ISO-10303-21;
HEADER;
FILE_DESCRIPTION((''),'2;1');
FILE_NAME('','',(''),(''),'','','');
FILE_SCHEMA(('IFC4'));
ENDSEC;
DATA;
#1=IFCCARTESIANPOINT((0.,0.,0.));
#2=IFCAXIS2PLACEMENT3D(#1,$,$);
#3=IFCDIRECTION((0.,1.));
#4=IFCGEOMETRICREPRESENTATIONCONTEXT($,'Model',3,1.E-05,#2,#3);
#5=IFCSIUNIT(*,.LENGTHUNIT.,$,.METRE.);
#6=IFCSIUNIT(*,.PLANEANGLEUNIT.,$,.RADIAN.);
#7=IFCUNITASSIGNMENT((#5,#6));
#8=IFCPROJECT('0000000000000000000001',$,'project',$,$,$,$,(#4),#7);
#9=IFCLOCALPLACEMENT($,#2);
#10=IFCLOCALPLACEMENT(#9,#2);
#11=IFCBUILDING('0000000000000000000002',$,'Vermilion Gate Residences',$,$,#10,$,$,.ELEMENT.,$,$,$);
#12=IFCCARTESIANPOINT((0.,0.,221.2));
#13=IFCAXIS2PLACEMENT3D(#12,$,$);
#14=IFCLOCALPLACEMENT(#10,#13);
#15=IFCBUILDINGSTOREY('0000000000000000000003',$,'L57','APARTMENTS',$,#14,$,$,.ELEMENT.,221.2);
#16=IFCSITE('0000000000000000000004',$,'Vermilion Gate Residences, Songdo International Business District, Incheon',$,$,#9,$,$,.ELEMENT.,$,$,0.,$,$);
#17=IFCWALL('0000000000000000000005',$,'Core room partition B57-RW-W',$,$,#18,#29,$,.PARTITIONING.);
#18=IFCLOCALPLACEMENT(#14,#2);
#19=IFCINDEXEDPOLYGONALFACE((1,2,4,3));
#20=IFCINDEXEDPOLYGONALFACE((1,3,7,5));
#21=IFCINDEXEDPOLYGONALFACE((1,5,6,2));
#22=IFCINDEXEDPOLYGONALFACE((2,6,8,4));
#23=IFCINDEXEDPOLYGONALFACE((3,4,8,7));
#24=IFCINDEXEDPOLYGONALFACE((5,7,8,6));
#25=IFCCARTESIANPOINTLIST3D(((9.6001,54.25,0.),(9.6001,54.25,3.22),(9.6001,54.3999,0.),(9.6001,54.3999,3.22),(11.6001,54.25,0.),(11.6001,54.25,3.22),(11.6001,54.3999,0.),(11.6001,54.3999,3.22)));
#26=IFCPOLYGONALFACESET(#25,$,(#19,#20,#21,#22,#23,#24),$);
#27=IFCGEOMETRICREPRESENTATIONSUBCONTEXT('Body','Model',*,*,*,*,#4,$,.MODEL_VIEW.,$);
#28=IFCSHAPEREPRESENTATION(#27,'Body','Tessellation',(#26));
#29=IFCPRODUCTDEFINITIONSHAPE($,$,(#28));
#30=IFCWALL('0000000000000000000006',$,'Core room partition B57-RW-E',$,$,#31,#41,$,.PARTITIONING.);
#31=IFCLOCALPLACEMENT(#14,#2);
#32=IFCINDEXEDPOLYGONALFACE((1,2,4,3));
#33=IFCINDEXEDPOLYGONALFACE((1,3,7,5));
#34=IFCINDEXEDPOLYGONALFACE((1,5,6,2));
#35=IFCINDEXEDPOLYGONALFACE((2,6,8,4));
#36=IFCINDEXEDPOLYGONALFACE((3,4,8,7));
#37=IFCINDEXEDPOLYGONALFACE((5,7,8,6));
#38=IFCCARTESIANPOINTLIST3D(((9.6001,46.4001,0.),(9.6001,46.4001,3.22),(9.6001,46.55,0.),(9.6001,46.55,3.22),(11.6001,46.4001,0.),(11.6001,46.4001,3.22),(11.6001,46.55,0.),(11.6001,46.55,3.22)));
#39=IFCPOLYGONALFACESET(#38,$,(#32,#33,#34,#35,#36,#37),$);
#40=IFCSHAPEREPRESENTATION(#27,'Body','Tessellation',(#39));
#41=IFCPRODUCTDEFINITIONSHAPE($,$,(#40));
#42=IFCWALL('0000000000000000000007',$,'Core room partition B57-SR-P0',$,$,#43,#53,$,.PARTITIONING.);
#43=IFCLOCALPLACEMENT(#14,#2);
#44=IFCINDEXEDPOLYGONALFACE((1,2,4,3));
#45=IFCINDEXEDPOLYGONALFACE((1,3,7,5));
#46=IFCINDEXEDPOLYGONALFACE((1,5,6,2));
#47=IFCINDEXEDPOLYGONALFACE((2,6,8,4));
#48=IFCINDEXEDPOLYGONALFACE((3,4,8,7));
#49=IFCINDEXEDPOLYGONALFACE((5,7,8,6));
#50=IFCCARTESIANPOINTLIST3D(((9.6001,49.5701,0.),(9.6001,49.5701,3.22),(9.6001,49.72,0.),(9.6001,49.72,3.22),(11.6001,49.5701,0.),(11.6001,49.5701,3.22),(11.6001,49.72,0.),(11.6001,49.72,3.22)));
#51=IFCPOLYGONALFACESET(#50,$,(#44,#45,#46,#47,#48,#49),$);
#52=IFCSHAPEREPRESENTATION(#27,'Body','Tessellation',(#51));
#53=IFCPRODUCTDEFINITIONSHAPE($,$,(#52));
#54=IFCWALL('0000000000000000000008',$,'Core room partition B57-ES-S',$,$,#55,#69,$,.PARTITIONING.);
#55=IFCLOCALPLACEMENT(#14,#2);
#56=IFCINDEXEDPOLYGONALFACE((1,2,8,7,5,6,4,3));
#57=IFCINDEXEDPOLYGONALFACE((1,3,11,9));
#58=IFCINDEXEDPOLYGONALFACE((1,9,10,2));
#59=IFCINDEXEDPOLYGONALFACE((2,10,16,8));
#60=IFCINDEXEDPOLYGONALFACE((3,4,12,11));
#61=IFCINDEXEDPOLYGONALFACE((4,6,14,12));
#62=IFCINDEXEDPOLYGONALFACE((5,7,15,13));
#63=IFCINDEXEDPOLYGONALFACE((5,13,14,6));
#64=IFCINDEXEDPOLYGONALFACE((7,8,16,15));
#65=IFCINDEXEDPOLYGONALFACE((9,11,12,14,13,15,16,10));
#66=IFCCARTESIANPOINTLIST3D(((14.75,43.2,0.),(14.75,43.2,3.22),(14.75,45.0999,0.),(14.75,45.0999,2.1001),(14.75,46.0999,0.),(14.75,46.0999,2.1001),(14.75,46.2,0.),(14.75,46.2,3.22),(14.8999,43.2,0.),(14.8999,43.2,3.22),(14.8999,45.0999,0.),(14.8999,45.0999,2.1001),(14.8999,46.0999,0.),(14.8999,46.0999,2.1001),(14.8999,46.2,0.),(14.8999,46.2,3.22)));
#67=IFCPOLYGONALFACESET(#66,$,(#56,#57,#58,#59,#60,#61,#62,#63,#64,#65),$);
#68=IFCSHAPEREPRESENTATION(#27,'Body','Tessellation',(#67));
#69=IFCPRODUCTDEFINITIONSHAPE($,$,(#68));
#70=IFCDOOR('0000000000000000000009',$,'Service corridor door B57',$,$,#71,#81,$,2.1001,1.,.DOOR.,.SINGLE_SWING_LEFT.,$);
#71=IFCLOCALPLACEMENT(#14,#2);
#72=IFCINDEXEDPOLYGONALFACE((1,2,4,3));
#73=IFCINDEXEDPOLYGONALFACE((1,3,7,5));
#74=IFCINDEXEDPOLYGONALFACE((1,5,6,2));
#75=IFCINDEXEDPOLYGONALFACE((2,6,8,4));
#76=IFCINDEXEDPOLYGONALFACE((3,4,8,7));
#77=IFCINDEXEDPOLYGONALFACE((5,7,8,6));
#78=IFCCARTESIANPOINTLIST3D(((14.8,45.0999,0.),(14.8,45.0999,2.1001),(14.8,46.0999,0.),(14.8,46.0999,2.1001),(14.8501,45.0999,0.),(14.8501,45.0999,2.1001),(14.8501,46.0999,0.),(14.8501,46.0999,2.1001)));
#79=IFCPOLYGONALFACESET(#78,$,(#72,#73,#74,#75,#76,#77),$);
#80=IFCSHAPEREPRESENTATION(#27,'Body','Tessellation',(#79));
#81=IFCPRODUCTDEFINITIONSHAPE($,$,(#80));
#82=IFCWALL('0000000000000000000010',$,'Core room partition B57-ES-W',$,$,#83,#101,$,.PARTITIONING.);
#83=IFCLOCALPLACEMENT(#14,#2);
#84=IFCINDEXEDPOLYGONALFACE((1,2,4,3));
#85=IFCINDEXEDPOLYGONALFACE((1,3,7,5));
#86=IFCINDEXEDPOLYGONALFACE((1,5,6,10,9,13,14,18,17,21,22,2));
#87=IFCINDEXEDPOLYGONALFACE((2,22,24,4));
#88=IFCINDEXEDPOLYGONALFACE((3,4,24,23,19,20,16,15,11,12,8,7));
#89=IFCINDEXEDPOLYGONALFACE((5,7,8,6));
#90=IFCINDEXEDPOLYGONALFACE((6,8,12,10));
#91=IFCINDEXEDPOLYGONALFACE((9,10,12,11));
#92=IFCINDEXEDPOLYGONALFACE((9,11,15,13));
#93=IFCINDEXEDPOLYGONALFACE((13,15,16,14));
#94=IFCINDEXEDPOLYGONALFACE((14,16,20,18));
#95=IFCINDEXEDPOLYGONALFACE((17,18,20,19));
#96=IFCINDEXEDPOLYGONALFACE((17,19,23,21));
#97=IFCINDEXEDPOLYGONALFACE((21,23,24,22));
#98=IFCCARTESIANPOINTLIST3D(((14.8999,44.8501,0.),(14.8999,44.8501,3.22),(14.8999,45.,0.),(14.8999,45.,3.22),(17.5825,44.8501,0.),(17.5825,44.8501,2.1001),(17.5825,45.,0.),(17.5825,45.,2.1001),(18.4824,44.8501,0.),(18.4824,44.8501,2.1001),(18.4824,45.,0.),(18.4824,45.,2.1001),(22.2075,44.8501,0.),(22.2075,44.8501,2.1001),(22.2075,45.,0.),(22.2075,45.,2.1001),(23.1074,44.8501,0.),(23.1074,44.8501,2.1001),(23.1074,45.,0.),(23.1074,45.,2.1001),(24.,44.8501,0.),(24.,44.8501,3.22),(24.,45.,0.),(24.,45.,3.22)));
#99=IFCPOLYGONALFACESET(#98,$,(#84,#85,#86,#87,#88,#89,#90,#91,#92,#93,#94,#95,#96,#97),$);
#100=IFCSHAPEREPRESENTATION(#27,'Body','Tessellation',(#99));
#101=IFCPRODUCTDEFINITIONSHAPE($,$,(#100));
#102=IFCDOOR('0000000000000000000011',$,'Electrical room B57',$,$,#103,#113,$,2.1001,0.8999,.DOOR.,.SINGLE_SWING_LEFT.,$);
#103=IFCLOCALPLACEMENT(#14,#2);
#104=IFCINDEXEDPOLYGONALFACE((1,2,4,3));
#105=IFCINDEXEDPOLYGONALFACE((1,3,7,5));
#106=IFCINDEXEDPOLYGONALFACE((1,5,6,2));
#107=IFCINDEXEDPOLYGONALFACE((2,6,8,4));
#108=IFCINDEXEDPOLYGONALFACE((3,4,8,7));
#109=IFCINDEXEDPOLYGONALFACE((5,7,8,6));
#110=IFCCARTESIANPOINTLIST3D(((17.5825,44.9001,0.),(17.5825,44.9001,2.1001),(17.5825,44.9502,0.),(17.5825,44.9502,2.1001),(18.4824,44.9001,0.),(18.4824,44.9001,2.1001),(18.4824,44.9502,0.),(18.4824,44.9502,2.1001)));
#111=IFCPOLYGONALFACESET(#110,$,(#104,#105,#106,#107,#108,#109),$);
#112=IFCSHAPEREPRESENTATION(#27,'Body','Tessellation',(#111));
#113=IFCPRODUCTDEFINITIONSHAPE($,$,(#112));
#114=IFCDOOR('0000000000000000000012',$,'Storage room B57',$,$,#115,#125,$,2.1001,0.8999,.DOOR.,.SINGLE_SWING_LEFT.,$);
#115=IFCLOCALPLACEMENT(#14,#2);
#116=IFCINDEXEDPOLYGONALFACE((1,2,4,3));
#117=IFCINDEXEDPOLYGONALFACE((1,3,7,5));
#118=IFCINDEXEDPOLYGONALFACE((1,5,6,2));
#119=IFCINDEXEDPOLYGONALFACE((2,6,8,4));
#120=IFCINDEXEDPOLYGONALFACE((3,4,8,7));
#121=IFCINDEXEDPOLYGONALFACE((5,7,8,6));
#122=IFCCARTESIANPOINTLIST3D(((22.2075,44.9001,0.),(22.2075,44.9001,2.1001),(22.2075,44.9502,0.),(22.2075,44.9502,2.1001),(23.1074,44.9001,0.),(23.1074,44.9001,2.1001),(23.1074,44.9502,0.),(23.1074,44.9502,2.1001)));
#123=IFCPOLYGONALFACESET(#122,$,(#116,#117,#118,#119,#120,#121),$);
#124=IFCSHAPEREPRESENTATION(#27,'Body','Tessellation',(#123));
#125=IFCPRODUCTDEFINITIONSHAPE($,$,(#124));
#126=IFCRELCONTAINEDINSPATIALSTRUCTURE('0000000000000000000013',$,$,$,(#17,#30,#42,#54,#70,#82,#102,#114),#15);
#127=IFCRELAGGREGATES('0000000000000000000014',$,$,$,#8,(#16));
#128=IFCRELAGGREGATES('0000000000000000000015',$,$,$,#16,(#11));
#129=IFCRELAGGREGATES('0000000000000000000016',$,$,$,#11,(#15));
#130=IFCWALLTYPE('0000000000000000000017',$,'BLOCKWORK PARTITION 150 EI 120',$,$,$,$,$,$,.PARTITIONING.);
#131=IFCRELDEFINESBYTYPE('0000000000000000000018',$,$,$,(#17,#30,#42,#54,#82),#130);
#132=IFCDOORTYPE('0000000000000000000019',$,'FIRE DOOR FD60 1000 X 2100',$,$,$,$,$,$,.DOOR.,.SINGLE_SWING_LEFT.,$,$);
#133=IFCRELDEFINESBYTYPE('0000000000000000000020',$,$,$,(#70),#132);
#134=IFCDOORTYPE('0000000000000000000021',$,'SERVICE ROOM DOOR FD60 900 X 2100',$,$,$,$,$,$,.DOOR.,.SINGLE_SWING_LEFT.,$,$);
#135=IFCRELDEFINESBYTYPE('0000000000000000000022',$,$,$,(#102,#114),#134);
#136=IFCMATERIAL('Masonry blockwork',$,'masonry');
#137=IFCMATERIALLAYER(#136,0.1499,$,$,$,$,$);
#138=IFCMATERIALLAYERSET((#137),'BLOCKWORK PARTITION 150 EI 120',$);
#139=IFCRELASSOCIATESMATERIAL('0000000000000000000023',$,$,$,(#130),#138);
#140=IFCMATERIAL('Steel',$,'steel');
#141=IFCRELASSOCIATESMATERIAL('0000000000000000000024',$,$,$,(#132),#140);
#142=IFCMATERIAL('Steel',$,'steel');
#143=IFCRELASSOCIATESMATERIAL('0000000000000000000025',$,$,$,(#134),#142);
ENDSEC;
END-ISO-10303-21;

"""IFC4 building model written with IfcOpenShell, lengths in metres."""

from ifc_helpers import new_model, si_unit, direction, frame, frame_2d, origin, place, context, subcontext, project, spatial, rectangle, extrude, material, layer, layer_set, type_object, element, fill, save


model = new_model("IFC4")

# Units and contexts
model_context = context("Model", 3, precision=1e-05, world=origin(), true_north=direction((0.0, 1.0)))
body_context = subcontext(model_context, "Body", "Model", "MODEL_VIEW")
ifc_project = project(units=[si_unit("LENGTHUNIT", "METRE"), si_unit("PLANEANGLEUNIT", "RADIAN")], contexts=[model_context])

# Site, building, storey
site_placement = place(None, origin())
site = spatial("IfcSite", under=ifc_project, at=site_placement, Name="Vermilion Gate Residences, Songdo International Business District, Incheon", CompositionType="ELEMENT", RefElevation=0.0)
building_placement = place(site_placement, origin())
building = spatial("IfcBuilding", under=site, at=building_placement, Name="Vermilion Gate Residences", CompositionType="ELEMENT")
storey_placement = place(building_placement, frame((0.0, 0.0, 221.2)))
storey = spatial("IfcBuildingStorey", under=building, at=storey_placement, Name="L57", Description="APARTMENTS", CompositionType="ELEMENT", Elevation=221.2)

# Walls
ifc_material_1 = material(Name="Masonry blockwork", Category="masonry")
ifc_layer_1 = layer(ifc_material_1, 0.1499)
ifc_layer_set_1 = layer_set([ifc_layer_1], Name="BLOCKWORK PARTITION 150 EI 120")
wall_type_1 = type_object("IfcWallType", Name="BLOCKWORK PARTITION 150 EI 120", PredefinedType="PARTITIONING", material=ifc_layer_set_1)
for number, where, z_axis, x_axis, name in (
    (1, (9.6001, 54.325, 0.0), (0.0, 0.0, 1.0), (1.0, 0.0, 0.0), "Core room partition B57-RW-W"),
    (2, (9.6001, 46.4751, 0.0), (0.0, 0.0, 1.0), (1.0, 0.0, 0.0), "Core room partition B57-RW-E"),
    (3, (9.6001, 49.645, 0.0), (0.0, 0.0, 1.0), (1.0, 0.0, 0.0), "Core room partition B57-SR-P0"),
):
    element("IfcWall", number, at=place(storey_placement, frame(where, z_axis=z_axis, x_axis=x_axis)), inside=storey, type_object=wall_type_1, Name=name, PredefinedType="PARTITIONING", context=body_context, shape_type="SweptSolid", body=[
        extrude(rectangle(XDim=2.0, YDim=0.1499, at=frame_2d((1.0, 0.0))), origin(), (0.0, 0.0, 1.0), 3.22),
    ])

# Wall, opening, door
wall_1_placement = place(storey_placement, frame((14.825, 46.2, 0.0), z_axis=(0.0, 0.0, 1.0), x_axis=(0.0, -1.0, 0.0)))
wall_1 = element("IfcWall", 4, at=wall_1_placement, inside=storey, type_object=wall_type_1, Name="Core room partition B57-ES-S", PredefinedType="PARTITIONING", context=body_context, shape_type="SweptSolid", body=[
    extrude(rectangle(XDim=3.0, YDim=0.1499, at=frame_2d((1.5, 0.0))), origin(), (0.0, 0.0, 1.0), 3.22),
])
opening_1_placement = place(wall_1_placement, frame((0.1001, 0.0, 0.0)))
opening_1 = element("IfcOpeningElement", 5, at=opening_1_placement, cuts=wall_1, PredefinedType="OPENING", context=body_context, shape_type="SweptSolid", body=[
    extrude(rectangle(XDim=1.0, YDim=2.1001, at=frame_2d((0.5, 1.05))), frame((0.0, 0.085, 0.0), z_axis=(0.0, -1.0, 0.0), x_axis=(1.0, 0.0, 0.0)), (0.0, 0.0, 1.0), 0.1699),
])
ifc_material_2 = material(Name="Steel", Category="steel")
door_type_1 = type_object("IfcDoorType", Name="FIRE DOOR FD60 1000 X 2100", OperationType="SINGLE_SWING_LEFT", PredefinedType="DOOR", material=ifc_material_2)
door_1_placement = place(opening_1_placement, frame((1.0, 0.0, 0.0), z_axis=(0.0, 0.0, 1.0), x_axis=(-1.0, 0.0, 0.0)))
door_1 = element("IfcDoor", 6, at=door_1_placement, inside=storey, type_object=door_type_1, Name="Service corridor door B57", OperationType="SINGLE_SWING_LEFT", OverallHeight=2.1001, OverallWidth=1.0, PredefinedType="DOOR", context=body_context, shape_type="SweptSolid", body=[
    extrude(rectangle(XDim=1.0, YDim=2.1001, at=frame_2d((0.5, 1.05))), frame((0.0, 0.0249, 0.0), z_axis=(0.0, -1.0, 0.0), x_axis=(1.0, 0.0, 0.0)), (0.0, 0.0, 1.0), 0.05),
])
fill(opening_1, door_1)

# Wall, openings, doors
wall_2_placement = place(storey_placement, frame((14.8999, 44.925, 0.0), z_axis=(0.0, 0.0, 1.0), x_axis=(1.0, 0.0, 0.0)))
wall_2 = element("IfcWall", 7, at=wall_2_placement, inside=storey, type_object=wall_type_1, Name="Core room partition B57-ES-W", PredefinedType="PARTITIONING", context=body_context, shape_type="SweptSolid", body=[
    extrude(rectangle(XDim=9.1001, YDim=0.1499, at=frame_2d((4.55, 0.0))), origin(), (0.0, 0.0, 1.0), 3.22),
])
opening_2_placement = place(wall_2_placement, frame((2.6826, 0.0, 0.0)))
opening_2 = element("IfcOpeningElement", 8, at=opening_2_placement, cuts=wall_2, PredefinedType="OPENING", context=body_context, shape_type="SweptSolid", body=[
    extrude(rectangle(XDim=0.8999, YDim=2.1001, at=frame_2d((0.45, 1.05))), frame((0.0, 0.085, 0.0), z_axis=(0.0, -1.0, 0.0), x_axis=(1.0, 0.0, 0.0)), (0.0, 0.0, 1.0), 0.1699),
])
opening_3_placement = place(wall_2_placement, frame((7.3076, 0.0, 0.0)))
opening_3 = element("IfcOpeningElement", 9, at=opening_3_placement, cuts=wall_2, PredefinedType="OPENING", context=body_context, shape_type="SweptSolid", body=[
    extrude(rectangle(XDim=0.8999, YDim=2.1001, at=frame_2d((0.45, 1.05))), frame((0.0, 0.085, 0.0), z_axis=(0.0, -1.0, 0.0), x_axis=(1.0, 0.0, 0.0)), (0.0, 0.0, 1.0), 0.1699),
])
ifc_material_3 = material(Name="Steel", Category="steel")
door_type_2 = type_object("IfcDoorType", Name="SERVICE ROOM DOOR FD60 900 X 2100", OperationType="SINGLE_SWING_LEFT", PredefinedType="DOOR", material=ifc_material_3)
door_2_placement = place(opening_2_placement, frame((0.8999, 0.0, 0.0), z_axis=(0.0, 0.0, 1.0), x_axis=(-1.0, 0.0, 0.0)))
door_2 = element("IfcDoor", 10, at=door_2_placement, inside=storey, type_object=door_type_2, Name="Electrical room B57", OperationType="SINGLE_SWING_LEFT", OverallHeight=2.1001, OverallWidth=0.8999, PredefinedType="DOOR", context=body_context, shape_type="SweptSolid", body=[
    extrude(rectangle(XDim=0.8999, YDim=2.1001, at=frame_2d((0.45, 1.05))), frame((0.0, 0.0249, 0.0), z_axis=(0.0, -1.0, 0.0), x_axis=(1.0, 0.0, 0.0)), (0.0, 0.0, 1.0), 0.05),
])
fill(opening_2, door_2)
door_3_placement = place(opening_3_placement, frame((0.8999, 0.0, 0.0), z_axis=(0.0, 0.0, 1.0), x_axis=(-1.0, 0.0, 0.0)))
door_3 = element("IfcDoor", 11, at=door_3_placement, inside=storey, type_object=door_type_2, Name="Storage room B57", OperationType="SINGLE_SWING_LEFT", OverallHeight=2.1001, OverallWidth=0.8999, PredefinedType="DOOR", context=body_context, shape_type="SweptSolid", body=[
    extrude(rectangle(XDim=0.8999, YDim=2.1001, at=frame_2d((0.45, 1.05))), frame((0.0, 0.0249, 0.0), z_axis=(0.0, -1.0, 0.0), x_axis=(1.0, 0.0, 0.0)), (0.0, 0.0, 1.0), 0.05),
])
fill(opening_3, door_3)

save(model, "model.ifc")
